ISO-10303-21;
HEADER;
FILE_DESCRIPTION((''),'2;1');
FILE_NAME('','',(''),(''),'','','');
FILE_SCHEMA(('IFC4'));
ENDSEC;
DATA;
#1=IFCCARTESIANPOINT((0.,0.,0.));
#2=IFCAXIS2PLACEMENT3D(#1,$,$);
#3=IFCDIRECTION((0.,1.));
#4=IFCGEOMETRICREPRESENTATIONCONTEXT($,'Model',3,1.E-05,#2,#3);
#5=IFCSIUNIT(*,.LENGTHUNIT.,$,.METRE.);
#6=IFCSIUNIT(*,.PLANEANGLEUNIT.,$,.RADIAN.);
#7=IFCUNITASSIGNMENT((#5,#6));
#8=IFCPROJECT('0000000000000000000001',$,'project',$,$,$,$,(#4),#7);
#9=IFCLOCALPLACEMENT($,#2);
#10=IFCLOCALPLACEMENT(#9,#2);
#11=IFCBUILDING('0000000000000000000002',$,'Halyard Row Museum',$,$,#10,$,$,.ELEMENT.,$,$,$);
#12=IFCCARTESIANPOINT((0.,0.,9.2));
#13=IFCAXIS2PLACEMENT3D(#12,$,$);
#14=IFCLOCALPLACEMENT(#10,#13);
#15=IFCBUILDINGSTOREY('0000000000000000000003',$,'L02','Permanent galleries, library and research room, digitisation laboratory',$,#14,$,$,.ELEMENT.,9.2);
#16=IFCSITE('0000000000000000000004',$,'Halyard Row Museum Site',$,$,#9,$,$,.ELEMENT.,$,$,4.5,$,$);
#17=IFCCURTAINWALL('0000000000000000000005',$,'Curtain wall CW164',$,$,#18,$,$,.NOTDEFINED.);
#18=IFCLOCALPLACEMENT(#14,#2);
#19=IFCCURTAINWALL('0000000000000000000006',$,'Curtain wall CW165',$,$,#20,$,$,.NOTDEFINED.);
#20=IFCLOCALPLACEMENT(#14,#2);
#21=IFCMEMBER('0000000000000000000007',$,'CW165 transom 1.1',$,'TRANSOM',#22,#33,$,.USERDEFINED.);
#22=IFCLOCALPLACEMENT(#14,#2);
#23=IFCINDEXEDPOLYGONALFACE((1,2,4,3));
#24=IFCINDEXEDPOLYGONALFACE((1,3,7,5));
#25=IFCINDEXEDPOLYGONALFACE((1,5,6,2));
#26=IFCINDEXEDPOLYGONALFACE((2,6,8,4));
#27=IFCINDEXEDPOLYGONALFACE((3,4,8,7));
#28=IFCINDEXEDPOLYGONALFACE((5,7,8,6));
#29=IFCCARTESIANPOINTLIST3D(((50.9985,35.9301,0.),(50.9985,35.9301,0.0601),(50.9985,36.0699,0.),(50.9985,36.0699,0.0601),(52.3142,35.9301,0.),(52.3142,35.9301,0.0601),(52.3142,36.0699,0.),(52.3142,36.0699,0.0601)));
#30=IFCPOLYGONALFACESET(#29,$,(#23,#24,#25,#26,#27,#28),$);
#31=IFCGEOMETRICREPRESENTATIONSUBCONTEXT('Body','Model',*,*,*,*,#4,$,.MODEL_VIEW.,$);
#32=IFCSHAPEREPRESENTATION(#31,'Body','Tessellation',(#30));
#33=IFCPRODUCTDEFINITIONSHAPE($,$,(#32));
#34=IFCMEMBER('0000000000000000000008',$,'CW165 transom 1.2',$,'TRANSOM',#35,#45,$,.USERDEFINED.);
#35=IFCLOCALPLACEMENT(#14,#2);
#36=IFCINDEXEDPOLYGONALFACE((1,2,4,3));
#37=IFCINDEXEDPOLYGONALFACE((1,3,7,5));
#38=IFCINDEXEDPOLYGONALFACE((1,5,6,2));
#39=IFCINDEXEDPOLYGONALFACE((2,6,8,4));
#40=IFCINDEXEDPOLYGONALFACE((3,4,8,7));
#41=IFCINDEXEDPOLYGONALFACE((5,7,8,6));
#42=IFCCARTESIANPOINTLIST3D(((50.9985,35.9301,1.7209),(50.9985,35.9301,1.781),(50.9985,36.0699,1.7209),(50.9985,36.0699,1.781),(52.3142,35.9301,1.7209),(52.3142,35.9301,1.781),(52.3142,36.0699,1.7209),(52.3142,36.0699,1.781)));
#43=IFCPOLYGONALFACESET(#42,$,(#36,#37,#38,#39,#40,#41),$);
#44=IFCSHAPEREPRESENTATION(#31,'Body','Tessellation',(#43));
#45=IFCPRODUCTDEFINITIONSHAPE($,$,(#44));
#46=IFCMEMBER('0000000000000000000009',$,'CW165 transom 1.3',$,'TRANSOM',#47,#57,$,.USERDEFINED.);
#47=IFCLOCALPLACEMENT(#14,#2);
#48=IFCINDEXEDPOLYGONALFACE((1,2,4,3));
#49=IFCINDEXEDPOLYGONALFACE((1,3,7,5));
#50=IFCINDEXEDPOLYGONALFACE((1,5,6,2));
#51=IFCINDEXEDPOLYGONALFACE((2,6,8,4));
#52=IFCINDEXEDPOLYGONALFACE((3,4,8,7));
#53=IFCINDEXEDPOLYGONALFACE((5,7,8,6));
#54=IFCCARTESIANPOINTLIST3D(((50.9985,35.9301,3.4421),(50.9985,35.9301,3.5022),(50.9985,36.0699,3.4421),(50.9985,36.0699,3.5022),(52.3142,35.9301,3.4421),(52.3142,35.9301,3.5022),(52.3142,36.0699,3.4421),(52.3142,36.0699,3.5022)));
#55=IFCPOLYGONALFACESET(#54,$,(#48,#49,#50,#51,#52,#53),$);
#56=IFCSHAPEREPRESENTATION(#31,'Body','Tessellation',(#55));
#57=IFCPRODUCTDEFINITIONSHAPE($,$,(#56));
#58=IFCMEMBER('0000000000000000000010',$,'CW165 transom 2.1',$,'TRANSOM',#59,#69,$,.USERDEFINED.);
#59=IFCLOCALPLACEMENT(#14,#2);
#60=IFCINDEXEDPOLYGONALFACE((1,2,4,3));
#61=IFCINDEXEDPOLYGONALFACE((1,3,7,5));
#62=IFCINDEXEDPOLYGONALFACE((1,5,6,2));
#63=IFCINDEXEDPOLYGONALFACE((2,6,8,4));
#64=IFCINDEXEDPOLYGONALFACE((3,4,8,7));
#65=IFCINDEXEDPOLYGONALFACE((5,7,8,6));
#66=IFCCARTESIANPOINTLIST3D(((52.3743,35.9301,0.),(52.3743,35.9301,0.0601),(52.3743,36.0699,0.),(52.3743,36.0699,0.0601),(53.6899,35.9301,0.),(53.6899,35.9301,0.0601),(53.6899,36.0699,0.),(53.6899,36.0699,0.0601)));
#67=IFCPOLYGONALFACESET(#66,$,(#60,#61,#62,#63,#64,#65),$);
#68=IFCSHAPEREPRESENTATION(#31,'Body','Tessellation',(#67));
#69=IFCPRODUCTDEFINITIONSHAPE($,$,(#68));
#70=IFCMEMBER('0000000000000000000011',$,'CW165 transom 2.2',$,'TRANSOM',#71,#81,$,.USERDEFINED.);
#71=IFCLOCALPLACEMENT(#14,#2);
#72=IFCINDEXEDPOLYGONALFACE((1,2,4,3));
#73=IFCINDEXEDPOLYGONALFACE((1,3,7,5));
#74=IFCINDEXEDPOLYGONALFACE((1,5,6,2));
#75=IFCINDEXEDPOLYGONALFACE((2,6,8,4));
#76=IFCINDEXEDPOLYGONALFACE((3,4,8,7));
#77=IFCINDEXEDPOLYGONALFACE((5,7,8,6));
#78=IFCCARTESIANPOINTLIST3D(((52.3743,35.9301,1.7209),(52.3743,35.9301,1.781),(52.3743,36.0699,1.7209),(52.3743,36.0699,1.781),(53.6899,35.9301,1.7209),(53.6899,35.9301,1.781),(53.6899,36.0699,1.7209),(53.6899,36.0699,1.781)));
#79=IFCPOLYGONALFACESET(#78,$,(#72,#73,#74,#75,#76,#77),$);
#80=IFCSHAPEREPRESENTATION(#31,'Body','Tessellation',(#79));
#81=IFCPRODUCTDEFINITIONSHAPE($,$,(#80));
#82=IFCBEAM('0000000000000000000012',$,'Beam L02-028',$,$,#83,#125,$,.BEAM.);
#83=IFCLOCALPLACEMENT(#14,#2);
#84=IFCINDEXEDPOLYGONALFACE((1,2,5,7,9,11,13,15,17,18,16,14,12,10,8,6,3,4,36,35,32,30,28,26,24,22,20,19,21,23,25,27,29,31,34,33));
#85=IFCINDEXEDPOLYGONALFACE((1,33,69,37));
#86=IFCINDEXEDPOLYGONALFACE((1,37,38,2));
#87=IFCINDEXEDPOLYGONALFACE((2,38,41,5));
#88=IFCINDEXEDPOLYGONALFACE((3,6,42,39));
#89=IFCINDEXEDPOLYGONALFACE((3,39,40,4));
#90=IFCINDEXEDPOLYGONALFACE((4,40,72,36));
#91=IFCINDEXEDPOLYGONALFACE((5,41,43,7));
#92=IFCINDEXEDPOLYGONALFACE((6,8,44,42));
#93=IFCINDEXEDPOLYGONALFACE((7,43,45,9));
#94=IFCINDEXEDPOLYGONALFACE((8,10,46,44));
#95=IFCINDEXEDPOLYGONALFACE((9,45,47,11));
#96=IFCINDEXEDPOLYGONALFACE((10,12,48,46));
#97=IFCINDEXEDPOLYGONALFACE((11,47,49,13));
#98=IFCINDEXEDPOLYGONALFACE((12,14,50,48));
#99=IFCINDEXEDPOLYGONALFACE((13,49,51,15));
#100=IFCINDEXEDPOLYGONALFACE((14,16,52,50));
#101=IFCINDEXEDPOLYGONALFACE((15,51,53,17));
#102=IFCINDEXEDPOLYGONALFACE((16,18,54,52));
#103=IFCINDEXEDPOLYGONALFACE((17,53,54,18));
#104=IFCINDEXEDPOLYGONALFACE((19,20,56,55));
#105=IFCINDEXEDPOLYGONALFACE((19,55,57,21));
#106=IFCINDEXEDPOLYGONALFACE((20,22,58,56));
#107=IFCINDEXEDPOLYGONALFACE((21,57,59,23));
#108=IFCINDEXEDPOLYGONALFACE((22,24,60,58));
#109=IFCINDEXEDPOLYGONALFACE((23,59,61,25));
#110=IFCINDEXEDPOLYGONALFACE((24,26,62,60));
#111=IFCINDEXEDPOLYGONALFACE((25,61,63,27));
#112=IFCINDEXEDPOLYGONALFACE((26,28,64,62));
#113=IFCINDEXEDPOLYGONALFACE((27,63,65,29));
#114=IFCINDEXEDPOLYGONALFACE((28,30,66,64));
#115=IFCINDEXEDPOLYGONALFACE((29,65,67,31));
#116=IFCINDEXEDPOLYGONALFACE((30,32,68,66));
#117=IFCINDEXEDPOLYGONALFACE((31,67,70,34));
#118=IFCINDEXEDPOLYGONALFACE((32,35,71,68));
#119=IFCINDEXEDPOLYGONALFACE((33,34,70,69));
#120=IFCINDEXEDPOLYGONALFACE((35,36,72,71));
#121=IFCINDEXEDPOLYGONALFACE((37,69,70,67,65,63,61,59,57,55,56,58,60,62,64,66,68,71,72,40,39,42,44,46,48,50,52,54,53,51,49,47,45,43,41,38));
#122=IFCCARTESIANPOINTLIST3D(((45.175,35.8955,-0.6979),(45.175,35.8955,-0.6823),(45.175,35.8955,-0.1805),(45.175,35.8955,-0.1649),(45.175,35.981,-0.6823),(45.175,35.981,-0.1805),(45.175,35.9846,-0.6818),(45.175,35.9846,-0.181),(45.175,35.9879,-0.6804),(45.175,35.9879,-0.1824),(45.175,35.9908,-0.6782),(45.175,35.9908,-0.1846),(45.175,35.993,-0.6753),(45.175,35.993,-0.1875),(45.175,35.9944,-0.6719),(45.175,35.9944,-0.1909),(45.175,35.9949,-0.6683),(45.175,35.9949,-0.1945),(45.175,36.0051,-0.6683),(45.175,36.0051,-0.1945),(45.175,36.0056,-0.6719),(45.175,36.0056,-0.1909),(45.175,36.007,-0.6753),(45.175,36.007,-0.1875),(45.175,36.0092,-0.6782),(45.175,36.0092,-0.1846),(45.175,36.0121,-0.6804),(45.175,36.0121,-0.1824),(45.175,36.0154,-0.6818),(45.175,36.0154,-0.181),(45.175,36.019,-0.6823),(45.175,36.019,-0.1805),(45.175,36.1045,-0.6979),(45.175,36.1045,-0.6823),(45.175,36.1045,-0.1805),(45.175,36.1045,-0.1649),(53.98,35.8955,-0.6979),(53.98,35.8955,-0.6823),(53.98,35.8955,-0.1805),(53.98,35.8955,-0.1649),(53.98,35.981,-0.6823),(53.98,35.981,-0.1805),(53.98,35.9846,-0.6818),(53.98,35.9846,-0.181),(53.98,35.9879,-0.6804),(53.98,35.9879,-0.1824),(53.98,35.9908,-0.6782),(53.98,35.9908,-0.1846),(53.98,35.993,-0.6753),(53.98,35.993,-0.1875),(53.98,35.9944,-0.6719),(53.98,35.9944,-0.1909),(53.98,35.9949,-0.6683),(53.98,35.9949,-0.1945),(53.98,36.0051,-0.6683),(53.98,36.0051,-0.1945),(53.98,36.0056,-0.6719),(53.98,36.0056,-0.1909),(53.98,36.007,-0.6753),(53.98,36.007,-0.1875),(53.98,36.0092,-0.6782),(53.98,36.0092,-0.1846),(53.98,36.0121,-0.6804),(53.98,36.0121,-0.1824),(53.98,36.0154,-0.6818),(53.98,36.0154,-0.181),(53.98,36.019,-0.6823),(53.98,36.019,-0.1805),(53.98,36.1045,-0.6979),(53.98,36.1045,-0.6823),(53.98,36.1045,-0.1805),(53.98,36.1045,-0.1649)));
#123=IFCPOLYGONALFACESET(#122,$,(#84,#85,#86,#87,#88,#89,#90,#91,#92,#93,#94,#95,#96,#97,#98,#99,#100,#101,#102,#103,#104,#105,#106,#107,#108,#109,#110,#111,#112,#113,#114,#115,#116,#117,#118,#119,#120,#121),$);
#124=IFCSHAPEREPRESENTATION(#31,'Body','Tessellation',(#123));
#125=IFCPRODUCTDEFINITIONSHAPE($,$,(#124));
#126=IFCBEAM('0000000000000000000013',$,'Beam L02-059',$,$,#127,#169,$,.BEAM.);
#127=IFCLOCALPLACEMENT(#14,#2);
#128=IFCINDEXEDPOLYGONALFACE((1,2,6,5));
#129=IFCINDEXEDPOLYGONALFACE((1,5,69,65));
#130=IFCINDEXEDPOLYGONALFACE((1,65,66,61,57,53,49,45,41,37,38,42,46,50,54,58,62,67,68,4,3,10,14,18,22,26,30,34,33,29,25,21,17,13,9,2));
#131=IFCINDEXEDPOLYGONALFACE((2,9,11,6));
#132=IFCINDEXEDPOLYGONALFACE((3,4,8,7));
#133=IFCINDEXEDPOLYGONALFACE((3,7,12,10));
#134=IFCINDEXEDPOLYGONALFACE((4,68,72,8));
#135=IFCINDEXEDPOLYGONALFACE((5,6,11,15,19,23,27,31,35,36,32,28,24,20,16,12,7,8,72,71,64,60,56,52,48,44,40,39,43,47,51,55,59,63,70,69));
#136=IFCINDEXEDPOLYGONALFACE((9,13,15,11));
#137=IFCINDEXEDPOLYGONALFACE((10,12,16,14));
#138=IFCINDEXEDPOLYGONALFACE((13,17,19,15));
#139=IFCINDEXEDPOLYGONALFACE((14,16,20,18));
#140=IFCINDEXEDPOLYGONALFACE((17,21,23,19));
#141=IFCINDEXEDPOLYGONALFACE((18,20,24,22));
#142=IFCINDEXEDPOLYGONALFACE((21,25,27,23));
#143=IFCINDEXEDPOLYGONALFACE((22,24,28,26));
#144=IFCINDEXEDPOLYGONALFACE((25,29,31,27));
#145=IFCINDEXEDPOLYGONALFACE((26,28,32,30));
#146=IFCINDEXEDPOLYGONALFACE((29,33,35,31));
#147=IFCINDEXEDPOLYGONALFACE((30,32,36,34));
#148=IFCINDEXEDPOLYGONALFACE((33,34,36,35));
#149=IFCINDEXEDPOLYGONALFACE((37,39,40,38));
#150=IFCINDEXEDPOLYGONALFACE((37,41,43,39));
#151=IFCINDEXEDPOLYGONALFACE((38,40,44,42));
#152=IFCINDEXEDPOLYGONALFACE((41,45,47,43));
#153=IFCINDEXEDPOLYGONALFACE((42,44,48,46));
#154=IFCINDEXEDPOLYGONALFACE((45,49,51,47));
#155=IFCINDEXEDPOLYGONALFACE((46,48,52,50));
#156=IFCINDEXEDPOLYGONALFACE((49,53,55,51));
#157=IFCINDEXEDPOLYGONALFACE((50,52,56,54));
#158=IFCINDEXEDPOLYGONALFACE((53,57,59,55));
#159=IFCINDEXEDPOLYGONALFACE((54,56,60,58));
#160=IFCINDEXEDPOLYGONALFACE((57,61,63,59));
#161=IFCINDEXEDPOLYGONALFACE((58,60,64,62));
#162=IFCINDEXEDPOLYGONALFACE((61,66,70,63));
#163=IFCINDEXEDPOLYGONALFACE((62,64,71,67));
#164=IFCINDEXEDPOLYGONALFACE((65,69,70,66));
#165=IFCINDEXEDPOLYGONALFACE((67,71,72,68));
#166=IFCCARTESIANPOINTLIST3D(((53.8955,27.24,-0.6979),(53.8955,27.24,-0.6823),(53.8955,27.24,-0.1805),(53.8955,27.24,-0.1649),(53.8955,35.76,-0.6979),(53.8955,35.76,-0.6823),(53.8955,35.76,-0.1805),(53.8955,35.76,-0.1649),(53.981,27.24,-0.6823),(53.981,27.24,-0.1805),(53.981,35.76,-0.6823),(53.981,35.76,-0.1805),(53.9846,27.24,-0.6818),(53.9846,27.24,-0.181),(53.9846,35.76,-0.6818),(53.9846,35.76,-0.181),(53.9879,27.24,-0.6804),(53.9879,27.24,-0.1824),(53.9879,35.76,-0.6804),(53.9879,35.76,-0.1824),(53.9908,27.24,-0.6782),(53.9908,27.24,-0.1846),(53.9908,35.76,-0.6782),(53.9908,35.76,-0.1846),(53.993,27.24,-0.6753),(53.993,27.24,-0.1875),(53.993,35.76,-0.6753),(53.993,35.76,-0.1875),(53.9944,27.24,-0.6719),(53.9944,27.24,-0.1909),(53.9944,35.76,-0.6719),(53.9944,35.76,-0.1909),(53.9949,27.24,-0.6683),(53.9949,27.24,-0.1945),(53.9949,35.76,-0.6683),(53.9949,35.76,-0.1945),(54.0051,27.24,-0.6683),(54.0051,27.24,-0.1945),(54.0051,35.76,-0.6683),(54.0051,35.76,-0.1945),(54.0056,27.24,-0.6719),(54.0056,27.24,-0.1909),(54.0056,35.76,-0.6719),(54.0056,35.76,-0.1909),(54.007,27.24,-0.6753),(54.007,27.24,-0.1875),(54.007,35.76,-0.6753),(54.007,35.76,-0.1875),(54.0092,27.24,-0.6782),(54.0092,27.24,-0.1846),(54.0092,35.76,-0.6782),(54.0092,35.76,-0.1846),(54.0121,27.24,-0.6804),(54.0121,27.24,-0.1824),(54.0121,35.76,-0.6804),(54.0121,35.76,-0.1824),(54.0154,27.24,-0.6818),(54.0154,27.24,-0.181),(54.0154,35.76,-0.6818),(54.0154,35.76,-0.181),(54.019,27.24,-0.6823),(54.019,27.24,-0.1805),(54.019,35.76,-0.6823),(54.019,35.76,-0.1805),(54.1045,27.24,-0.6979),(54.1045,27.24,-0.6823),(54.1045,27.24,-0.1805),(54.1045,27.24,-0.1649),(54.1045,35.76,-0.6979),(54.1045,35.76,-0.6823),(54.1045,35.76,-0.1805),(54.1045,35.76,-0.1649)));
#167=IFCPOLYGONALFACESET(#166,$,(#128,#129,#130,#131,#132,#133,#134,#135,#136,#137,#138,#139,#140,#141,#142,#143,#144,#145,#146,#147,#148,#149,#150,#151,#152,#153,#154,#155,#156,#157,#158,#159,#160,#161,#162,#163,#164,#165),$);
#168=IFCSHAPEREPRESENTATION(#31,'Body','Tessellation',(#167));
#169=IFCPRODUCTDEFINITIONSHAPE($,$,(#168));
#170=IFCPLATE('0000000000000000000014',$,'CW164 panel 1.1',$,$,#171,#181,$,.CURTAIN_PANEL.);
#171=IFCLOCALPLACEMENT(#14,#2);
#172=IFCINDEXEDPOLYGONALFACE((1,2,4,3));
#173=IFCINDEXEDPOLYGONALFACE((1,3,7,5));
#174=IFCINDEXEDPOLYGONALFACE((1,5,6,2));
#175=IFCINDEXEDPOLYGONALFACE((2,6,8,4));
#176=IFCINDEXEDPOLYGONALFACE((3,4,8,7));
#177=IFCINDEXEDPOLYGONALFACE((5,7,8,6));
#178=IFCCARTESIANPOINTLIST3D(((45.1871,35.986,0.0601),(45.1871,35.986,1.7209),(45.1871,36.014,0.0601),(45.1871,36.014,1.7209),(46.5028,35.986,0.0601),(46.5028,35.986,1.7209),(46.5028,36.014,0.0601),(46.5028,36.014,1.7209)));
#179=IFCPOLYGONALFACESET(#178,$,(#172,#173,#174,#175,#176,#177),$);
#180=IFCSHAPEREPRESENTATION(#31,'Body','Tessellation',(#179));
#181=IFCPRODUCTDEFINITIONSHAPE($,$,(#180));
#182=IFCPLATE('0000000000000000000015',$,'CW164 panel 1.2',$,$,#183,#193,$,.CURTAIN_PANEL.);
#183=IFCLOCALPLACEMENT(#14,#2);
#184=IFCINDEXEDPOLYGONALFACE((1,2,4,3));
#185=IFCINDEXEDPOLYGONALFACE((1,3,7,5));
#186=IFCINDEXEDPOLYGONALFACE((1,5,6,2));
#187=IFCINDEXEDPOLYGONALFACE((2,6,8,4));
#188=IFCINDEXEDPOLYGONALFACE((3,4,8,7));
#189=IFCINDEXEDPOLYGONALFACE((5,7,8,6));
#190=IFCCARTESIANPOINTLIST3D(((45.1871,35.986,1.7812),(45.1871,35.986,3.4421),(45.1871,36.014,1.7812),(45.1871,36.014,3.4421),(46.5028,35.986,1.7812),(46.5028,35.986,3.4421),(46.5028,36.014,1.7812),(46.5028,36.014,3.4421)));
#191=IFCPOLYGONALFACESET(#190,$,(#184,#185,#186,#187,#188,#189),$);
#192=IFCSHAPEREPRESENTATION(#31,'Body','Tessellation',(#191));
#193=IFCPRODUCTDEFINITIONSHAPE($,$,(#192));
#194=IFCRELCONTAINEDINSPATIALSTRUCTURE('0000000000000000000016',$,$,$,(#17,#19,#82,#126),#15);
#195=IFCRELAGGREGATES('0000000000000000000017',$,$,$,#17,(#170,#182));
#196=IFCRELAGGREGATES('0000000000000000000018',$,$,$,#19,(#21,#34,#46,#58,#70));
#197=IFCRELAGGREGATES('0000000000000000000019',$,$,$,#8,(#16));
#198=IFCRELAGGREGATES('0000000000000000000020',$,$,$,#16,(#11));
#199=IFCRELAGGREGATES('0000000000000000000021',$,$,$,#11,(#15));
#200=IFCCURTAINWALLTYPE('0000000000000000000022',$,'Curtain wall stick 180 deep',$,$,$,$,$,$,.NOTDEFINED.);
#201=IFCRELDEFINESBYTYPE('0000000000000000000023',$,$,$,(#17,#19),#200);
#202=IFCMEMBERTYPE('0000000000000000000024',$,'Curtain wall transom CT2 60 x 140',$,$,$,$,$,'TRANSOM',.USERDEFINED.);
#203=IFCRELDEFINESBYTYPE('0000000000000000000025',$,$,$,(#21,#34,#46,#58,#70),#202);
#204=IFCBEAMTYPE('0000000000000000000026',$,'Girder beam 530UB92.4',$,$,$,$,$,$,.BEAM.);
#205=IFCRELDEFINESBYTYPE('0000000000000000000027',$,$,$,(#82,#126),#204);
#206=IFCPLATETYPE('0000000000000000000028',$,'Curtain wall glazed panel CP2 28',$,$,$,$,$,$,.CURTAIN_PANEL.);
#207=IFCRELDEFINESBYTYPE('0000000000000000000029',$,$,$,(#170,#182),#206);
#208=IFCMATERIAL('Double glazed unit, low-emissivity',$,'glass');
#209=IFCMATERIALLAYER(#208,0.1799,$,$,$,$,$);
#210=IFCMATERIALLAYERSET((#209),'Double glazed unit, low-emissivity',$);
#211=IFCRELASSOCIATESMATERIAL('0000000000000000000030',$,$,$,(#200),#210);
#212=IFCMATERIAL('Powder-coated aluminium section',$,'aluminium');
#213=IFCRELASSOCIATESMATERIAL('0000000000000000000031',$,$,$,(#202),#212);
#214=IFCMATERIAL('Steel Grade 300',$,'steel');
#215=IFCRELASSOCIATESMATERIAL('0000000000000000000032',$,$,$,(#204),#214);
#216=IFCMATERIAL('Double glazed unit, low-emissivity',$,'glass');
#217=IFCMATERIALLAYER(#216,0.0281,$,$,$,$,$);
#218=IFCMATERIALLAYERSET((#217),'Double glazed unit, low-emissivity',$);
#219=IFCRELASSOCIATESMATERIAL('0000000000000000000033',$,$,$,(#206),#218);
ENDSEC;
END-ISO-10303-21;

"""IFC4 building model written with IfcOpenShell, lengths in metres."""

from ifc_helpers import new_model, si_unit, direction, frame, origin, origin_2d, place, context, subcontext, project, spatial, rectangle, i_section, extrude, material, layer, layer_set, material_profile, profile_set, type_object, element, aggregate, save


model = new_model("IFC4")

# Units and contexts
model_context = context("Model", 3, precision=1e-05, world=origin(), true_north=direction((0.0, 1.0)))
body_context = subcontext(model_context, "Body", "Model", "MODEL_VIEW")
ifc_project = project(units=[si_unit("LENGTHUNIT", "METRE"), si_unit("PLANEANGLEUNIT", "RADIAN")], contexts=[model_context])

# Site, building, storey
site_placement = place(None, origin())
site = spatial("IfcSite", under=ifc_project, at=site_placement, Name="Halyard Row Museum Site", CompositionType="ELEMENT", RefElevation=4.5)
building_placement = place(site_placement, origin())
building = spatial("IfcBuilding", under=site, at=building_placement, Name="Halyard Row Museum", CompositionType="ELEMENT")
storey_placement = place(building_placement, frame((0.0, 0.0, 9.2)))
storey = spatial("IfcBuildingStorey", under=building, at=storey_placement, Name="L02", Description="Permanent galleries, library and research room, digitisation laboratory", CompositionType="ELEMENT", Elevation=9.2)

# Curtain walls
ifc_material_1 = material(Name="Double glazed unit, low-emissivity", Category="glass")
ifc_layer_1 = layer(ifc_material_1, 0.1799)
ifc_layer_set_1 = layer_set([ifc_layer_1], Name="Double glazed unit, low-emissivity")
curtain_wall_type = type_object("IfcCurtainWallType", Name="Curtain wall stick 180 deep", PredefinedType="NOTDEFINED", material=ifc_layer_set_1)
curtain_wall_1_placement = place(storey_placement, origin())
curtain_wall_1 = element("IfcCurtainWall", 1, at=curtain_wall_1_placement, inside=storey, type_object=curtain_wall_type, Name="Curtain wall CW164", PredefinedType="NOTDEFINED")
curtain_wall_2_placement = place(storey_placement, origin())
curtain_wall_2 = element("IfcCurtainWall", 2, at=curtain_wall_2_placement, inside=storey, type_object=curtain_wall_type, Name="Curtain wall CW165", PredefinedType="NOTDEFINED")

# Members
ifc_material_2 = material(Name="Powder-coated aluminium section", Category="aluminium")
ifc_material_profile_1 = material_profile(ifc_material_2, rectangle(XDim=0.1399, YDim=0.0601, at=origin_2d()), Name="140x60 transom")
ifc_profile_set_1 = profile_set([ifc_material_profile_1], Name="Powder-coated aluminium section")
member_type_1 = type_object("IfcMemberType", Name="Curtain wall transom CT2 60 x 140", ElementType="TRANSOM", PredefinedType="USERDEFINED", material=ifc_profile_set_1)
member_1_placement = place(storey_placement, frame((50.9985, 36.0, 0.03), z_axis=(1.0, 0.0, 0.0), x_axis=(0.0, 1.0, 0.0)))
member_1 = element("IfcMember", 3, at=member_1_placement, type_object=member_type_1, Name="CW165 transom 1.1", ObjectType="TRANSOM", PredefinedType="USERDEFINED", context=body_context, shape_type="SweptSolid", body=[
    extrude(rectangle(XDim=0.1399, YDim=0.0601, at=origin_2d()), origin(), (0.0, 0.0, 1.0), 1.3157),
])
member_2_placement = place(storey_placement, frame((50.9985, 36.0, 1.751), z_axis=(1.0, 0.0, 0.0), x_axis=(0.0, 1.0, 0.0)))
member_2 = element("IfcMember", 4, at=member_2_placement, type_object=member_type_1, Name="CW165 transom 1.2", ObjectType="TRANSOM", PredefinedType="USERDEFINED", context=body_context, shape_type="SweptSolid", body=[
    extrude(rectangle(XDim=0.1399, YDim=0.0601, at=origin_2d()), origin(), (0.0, 0.0, 1.0), 1.3157),
])
member_3_placement = place(storey_placement, frame((50.9985, 36.0, 3.4722), z_axis=(1.0, 0.0, 0.0), x_axis=(0.0, 1.0, 0.0)))
member_3 = element("IfcMember", 5, at=member_3_placement, type_object=member_type_1, Name="CW165 transom 1.3", ObjectType="TRANSOM", PredefinedType="USERDEFINED", context=body_context, shape_type="SweptSolid", body=[
    extrude(rectangle(XDim=0.1399, YDim=0.0601, at=origin_2d()), origin(), (0.0, 0.0, 1.0), 1.3157),
])
member_4_placement = place(storey_placement, frame((52.3743, 36.0, 0.03), z_axis=(1.0, 0.0, 0.0), x_axis=(0.0, 1.0, 0.0)))
member_4 = element("IfcMember", 6, at=member_4_placement, type_object=member_type_1, Name="CW165 transom 2.1", ObjectType="TRANSOM", PredefinedType="USERDEFINED", context=body_context, shape_type="SweptSolid", body=[
    extrude(rectangle(XDim=0.1399, YDim=0.0601, at=origin_2d()), origin(), (0.0, 0.0, 1.0), 1.3157),
])
member_5_placement = place(storey_placement, frame((52.3743, 36.0, 1.751), z_axis=(1.0, 0.0, 0.0), x_axis=(0.0, 1.0, 0.0)))
member_5 = element("IfcMember", 7, at=member_5_placement, type_object=member_type_1, Name="CW165 transom 2.2", ObjectType="TRANSOM", PredefinedType="USERDEFINED", context=body_context, shape_type="SweptSolid", body=[
    extrude(rectangle(XDim=0.1399, YDim=0.0601, at=origin_2d()), origin(), (0.0, 0.0, 1.0), 1.3157),
])

# Beams
ifc_material_3 = material(Name="Steel Grade 300", Category="steel")
ifc_material_profile_2 = material_profile(ifc_material_3, i_section(OverallWidth=0.209, OverallDepth=0.533, WebThickness=0.0103, FlangeThickness=0.0156, FilletRadius=0.0139, at=origin_2d()), Name="530UB92.4")
ifc_profile_set_2 = profile_set([ifc_material_profile_2], Name="Steel Grade 300")
beam_type = type_object("IfcBeamType", Name="Girder beam 530UB92.4", PredefinedType="BEAM", material=ifc_profile_set_2)
beam_1_placement = place(storey_placement, frame((45.175, 36.0, -0.4314), z_axis=(1.0, 0.0, 0.0), x_axis=(0.0, 1.0, 0.0)))
element("IfcBeam", 8, at=beam_1_placement, inside=storey, type_object=beam_type, Name="Beam L02-028", PredefinedType="BEAM", context=body_context, shape_type="SweptSolid", body=[
    extrude(i_section(OverallWidth=0.209, OverallDepth=0.533, WebThickness=0.0103, FlangeThickness=0.0156, FilletRadius=0.0139, at=origin_2d()), origin(), (0.0, 0.0, 1.0), 8.8049),
])
beam_2_placement = place(storey_placement, frame((54.0, 27.24, -0.4314), z_axis=(0.0, 1.0, 0.0), x_axis=(-1.0, 0.0, 0.0)))
element("IfcBeam", 9, at=beam_2_placement, inside=storey, type_object=beam_type, Name="Beam L02-059", PredefinedType="BEAM", context=body_context, shape_type="SweptSolid", body=[
    extrude(i_section(OverallWidth=0.209, OverallDepth=0.533, WebThickness=0.0103, FlangeThickness=0.0156, FilletRadius=0.0139, at=origin_2d()), origin(), (0.0, 0.0, 1.0), 8.52),
])

# Plates
ifc_material_4 = material(Name="Double glazed unit, low-emissivity", Category="glass")
ifc_layer_2 = layer(ifc_material_4, 0.0281)
ifc_layer_set_2 = layer_set([ifc_layer_2], Name="Double glazed unit, low-emissivity")
plate_type = type_object("IfcPlateType", Name="Curtain wall glazed panel CP2 28", PredefinedType="CURTAIN_PANEL", material=ifc_layer_set_2)
plate_1_placement = place(storey_placement, frame((45.845, 36.0, 0.0601), z_axis=(0.0, 0.0, 1.0), x_axis=(1.0, 0.0, 0.0)))
plate_1 = element("IfcPlate", 10, at=plate_1_placement, type_object=plate_type, Name="CW164 panel 1.1", PredefinedType="CURTAIN_PANEL", context=body_context, shape_type="SweptSolid", body=[
    extrude(rectangle(XDim=1.3157, YDim=0.0281, at=origin_2d()), origin(), (0.0, 0.0, 1.0), 1.6609),
])
plate_2_placement = place(storey_placement, frame((45.845, 36.0, 1.7812), z_axis=(0.0, 0.0, 1.0), x_axis=(1.0, 0.0, 0.0)))
plate_2 = element("IfcPlate", 11, at=plate_2_placement, type_object=plate_type, Name="CW164 panel 1.2", PredefinedType="CURTAIN_PANEL", context=body_context, shape_type="SweptSolid", body=[
    extrude(rectangle(XDim=1.3157, YDim=0.0281, at=origin_2d()), origin(), (0.0, 0.0, 1.0), 1.6609),
])
aggregate(curtain_wall_1, [plate_1, plate_2])
aggregate(curtain_wall_2, [member_1, member_2, member_3, member_4, member_5])

save(model, "model.ifc")
